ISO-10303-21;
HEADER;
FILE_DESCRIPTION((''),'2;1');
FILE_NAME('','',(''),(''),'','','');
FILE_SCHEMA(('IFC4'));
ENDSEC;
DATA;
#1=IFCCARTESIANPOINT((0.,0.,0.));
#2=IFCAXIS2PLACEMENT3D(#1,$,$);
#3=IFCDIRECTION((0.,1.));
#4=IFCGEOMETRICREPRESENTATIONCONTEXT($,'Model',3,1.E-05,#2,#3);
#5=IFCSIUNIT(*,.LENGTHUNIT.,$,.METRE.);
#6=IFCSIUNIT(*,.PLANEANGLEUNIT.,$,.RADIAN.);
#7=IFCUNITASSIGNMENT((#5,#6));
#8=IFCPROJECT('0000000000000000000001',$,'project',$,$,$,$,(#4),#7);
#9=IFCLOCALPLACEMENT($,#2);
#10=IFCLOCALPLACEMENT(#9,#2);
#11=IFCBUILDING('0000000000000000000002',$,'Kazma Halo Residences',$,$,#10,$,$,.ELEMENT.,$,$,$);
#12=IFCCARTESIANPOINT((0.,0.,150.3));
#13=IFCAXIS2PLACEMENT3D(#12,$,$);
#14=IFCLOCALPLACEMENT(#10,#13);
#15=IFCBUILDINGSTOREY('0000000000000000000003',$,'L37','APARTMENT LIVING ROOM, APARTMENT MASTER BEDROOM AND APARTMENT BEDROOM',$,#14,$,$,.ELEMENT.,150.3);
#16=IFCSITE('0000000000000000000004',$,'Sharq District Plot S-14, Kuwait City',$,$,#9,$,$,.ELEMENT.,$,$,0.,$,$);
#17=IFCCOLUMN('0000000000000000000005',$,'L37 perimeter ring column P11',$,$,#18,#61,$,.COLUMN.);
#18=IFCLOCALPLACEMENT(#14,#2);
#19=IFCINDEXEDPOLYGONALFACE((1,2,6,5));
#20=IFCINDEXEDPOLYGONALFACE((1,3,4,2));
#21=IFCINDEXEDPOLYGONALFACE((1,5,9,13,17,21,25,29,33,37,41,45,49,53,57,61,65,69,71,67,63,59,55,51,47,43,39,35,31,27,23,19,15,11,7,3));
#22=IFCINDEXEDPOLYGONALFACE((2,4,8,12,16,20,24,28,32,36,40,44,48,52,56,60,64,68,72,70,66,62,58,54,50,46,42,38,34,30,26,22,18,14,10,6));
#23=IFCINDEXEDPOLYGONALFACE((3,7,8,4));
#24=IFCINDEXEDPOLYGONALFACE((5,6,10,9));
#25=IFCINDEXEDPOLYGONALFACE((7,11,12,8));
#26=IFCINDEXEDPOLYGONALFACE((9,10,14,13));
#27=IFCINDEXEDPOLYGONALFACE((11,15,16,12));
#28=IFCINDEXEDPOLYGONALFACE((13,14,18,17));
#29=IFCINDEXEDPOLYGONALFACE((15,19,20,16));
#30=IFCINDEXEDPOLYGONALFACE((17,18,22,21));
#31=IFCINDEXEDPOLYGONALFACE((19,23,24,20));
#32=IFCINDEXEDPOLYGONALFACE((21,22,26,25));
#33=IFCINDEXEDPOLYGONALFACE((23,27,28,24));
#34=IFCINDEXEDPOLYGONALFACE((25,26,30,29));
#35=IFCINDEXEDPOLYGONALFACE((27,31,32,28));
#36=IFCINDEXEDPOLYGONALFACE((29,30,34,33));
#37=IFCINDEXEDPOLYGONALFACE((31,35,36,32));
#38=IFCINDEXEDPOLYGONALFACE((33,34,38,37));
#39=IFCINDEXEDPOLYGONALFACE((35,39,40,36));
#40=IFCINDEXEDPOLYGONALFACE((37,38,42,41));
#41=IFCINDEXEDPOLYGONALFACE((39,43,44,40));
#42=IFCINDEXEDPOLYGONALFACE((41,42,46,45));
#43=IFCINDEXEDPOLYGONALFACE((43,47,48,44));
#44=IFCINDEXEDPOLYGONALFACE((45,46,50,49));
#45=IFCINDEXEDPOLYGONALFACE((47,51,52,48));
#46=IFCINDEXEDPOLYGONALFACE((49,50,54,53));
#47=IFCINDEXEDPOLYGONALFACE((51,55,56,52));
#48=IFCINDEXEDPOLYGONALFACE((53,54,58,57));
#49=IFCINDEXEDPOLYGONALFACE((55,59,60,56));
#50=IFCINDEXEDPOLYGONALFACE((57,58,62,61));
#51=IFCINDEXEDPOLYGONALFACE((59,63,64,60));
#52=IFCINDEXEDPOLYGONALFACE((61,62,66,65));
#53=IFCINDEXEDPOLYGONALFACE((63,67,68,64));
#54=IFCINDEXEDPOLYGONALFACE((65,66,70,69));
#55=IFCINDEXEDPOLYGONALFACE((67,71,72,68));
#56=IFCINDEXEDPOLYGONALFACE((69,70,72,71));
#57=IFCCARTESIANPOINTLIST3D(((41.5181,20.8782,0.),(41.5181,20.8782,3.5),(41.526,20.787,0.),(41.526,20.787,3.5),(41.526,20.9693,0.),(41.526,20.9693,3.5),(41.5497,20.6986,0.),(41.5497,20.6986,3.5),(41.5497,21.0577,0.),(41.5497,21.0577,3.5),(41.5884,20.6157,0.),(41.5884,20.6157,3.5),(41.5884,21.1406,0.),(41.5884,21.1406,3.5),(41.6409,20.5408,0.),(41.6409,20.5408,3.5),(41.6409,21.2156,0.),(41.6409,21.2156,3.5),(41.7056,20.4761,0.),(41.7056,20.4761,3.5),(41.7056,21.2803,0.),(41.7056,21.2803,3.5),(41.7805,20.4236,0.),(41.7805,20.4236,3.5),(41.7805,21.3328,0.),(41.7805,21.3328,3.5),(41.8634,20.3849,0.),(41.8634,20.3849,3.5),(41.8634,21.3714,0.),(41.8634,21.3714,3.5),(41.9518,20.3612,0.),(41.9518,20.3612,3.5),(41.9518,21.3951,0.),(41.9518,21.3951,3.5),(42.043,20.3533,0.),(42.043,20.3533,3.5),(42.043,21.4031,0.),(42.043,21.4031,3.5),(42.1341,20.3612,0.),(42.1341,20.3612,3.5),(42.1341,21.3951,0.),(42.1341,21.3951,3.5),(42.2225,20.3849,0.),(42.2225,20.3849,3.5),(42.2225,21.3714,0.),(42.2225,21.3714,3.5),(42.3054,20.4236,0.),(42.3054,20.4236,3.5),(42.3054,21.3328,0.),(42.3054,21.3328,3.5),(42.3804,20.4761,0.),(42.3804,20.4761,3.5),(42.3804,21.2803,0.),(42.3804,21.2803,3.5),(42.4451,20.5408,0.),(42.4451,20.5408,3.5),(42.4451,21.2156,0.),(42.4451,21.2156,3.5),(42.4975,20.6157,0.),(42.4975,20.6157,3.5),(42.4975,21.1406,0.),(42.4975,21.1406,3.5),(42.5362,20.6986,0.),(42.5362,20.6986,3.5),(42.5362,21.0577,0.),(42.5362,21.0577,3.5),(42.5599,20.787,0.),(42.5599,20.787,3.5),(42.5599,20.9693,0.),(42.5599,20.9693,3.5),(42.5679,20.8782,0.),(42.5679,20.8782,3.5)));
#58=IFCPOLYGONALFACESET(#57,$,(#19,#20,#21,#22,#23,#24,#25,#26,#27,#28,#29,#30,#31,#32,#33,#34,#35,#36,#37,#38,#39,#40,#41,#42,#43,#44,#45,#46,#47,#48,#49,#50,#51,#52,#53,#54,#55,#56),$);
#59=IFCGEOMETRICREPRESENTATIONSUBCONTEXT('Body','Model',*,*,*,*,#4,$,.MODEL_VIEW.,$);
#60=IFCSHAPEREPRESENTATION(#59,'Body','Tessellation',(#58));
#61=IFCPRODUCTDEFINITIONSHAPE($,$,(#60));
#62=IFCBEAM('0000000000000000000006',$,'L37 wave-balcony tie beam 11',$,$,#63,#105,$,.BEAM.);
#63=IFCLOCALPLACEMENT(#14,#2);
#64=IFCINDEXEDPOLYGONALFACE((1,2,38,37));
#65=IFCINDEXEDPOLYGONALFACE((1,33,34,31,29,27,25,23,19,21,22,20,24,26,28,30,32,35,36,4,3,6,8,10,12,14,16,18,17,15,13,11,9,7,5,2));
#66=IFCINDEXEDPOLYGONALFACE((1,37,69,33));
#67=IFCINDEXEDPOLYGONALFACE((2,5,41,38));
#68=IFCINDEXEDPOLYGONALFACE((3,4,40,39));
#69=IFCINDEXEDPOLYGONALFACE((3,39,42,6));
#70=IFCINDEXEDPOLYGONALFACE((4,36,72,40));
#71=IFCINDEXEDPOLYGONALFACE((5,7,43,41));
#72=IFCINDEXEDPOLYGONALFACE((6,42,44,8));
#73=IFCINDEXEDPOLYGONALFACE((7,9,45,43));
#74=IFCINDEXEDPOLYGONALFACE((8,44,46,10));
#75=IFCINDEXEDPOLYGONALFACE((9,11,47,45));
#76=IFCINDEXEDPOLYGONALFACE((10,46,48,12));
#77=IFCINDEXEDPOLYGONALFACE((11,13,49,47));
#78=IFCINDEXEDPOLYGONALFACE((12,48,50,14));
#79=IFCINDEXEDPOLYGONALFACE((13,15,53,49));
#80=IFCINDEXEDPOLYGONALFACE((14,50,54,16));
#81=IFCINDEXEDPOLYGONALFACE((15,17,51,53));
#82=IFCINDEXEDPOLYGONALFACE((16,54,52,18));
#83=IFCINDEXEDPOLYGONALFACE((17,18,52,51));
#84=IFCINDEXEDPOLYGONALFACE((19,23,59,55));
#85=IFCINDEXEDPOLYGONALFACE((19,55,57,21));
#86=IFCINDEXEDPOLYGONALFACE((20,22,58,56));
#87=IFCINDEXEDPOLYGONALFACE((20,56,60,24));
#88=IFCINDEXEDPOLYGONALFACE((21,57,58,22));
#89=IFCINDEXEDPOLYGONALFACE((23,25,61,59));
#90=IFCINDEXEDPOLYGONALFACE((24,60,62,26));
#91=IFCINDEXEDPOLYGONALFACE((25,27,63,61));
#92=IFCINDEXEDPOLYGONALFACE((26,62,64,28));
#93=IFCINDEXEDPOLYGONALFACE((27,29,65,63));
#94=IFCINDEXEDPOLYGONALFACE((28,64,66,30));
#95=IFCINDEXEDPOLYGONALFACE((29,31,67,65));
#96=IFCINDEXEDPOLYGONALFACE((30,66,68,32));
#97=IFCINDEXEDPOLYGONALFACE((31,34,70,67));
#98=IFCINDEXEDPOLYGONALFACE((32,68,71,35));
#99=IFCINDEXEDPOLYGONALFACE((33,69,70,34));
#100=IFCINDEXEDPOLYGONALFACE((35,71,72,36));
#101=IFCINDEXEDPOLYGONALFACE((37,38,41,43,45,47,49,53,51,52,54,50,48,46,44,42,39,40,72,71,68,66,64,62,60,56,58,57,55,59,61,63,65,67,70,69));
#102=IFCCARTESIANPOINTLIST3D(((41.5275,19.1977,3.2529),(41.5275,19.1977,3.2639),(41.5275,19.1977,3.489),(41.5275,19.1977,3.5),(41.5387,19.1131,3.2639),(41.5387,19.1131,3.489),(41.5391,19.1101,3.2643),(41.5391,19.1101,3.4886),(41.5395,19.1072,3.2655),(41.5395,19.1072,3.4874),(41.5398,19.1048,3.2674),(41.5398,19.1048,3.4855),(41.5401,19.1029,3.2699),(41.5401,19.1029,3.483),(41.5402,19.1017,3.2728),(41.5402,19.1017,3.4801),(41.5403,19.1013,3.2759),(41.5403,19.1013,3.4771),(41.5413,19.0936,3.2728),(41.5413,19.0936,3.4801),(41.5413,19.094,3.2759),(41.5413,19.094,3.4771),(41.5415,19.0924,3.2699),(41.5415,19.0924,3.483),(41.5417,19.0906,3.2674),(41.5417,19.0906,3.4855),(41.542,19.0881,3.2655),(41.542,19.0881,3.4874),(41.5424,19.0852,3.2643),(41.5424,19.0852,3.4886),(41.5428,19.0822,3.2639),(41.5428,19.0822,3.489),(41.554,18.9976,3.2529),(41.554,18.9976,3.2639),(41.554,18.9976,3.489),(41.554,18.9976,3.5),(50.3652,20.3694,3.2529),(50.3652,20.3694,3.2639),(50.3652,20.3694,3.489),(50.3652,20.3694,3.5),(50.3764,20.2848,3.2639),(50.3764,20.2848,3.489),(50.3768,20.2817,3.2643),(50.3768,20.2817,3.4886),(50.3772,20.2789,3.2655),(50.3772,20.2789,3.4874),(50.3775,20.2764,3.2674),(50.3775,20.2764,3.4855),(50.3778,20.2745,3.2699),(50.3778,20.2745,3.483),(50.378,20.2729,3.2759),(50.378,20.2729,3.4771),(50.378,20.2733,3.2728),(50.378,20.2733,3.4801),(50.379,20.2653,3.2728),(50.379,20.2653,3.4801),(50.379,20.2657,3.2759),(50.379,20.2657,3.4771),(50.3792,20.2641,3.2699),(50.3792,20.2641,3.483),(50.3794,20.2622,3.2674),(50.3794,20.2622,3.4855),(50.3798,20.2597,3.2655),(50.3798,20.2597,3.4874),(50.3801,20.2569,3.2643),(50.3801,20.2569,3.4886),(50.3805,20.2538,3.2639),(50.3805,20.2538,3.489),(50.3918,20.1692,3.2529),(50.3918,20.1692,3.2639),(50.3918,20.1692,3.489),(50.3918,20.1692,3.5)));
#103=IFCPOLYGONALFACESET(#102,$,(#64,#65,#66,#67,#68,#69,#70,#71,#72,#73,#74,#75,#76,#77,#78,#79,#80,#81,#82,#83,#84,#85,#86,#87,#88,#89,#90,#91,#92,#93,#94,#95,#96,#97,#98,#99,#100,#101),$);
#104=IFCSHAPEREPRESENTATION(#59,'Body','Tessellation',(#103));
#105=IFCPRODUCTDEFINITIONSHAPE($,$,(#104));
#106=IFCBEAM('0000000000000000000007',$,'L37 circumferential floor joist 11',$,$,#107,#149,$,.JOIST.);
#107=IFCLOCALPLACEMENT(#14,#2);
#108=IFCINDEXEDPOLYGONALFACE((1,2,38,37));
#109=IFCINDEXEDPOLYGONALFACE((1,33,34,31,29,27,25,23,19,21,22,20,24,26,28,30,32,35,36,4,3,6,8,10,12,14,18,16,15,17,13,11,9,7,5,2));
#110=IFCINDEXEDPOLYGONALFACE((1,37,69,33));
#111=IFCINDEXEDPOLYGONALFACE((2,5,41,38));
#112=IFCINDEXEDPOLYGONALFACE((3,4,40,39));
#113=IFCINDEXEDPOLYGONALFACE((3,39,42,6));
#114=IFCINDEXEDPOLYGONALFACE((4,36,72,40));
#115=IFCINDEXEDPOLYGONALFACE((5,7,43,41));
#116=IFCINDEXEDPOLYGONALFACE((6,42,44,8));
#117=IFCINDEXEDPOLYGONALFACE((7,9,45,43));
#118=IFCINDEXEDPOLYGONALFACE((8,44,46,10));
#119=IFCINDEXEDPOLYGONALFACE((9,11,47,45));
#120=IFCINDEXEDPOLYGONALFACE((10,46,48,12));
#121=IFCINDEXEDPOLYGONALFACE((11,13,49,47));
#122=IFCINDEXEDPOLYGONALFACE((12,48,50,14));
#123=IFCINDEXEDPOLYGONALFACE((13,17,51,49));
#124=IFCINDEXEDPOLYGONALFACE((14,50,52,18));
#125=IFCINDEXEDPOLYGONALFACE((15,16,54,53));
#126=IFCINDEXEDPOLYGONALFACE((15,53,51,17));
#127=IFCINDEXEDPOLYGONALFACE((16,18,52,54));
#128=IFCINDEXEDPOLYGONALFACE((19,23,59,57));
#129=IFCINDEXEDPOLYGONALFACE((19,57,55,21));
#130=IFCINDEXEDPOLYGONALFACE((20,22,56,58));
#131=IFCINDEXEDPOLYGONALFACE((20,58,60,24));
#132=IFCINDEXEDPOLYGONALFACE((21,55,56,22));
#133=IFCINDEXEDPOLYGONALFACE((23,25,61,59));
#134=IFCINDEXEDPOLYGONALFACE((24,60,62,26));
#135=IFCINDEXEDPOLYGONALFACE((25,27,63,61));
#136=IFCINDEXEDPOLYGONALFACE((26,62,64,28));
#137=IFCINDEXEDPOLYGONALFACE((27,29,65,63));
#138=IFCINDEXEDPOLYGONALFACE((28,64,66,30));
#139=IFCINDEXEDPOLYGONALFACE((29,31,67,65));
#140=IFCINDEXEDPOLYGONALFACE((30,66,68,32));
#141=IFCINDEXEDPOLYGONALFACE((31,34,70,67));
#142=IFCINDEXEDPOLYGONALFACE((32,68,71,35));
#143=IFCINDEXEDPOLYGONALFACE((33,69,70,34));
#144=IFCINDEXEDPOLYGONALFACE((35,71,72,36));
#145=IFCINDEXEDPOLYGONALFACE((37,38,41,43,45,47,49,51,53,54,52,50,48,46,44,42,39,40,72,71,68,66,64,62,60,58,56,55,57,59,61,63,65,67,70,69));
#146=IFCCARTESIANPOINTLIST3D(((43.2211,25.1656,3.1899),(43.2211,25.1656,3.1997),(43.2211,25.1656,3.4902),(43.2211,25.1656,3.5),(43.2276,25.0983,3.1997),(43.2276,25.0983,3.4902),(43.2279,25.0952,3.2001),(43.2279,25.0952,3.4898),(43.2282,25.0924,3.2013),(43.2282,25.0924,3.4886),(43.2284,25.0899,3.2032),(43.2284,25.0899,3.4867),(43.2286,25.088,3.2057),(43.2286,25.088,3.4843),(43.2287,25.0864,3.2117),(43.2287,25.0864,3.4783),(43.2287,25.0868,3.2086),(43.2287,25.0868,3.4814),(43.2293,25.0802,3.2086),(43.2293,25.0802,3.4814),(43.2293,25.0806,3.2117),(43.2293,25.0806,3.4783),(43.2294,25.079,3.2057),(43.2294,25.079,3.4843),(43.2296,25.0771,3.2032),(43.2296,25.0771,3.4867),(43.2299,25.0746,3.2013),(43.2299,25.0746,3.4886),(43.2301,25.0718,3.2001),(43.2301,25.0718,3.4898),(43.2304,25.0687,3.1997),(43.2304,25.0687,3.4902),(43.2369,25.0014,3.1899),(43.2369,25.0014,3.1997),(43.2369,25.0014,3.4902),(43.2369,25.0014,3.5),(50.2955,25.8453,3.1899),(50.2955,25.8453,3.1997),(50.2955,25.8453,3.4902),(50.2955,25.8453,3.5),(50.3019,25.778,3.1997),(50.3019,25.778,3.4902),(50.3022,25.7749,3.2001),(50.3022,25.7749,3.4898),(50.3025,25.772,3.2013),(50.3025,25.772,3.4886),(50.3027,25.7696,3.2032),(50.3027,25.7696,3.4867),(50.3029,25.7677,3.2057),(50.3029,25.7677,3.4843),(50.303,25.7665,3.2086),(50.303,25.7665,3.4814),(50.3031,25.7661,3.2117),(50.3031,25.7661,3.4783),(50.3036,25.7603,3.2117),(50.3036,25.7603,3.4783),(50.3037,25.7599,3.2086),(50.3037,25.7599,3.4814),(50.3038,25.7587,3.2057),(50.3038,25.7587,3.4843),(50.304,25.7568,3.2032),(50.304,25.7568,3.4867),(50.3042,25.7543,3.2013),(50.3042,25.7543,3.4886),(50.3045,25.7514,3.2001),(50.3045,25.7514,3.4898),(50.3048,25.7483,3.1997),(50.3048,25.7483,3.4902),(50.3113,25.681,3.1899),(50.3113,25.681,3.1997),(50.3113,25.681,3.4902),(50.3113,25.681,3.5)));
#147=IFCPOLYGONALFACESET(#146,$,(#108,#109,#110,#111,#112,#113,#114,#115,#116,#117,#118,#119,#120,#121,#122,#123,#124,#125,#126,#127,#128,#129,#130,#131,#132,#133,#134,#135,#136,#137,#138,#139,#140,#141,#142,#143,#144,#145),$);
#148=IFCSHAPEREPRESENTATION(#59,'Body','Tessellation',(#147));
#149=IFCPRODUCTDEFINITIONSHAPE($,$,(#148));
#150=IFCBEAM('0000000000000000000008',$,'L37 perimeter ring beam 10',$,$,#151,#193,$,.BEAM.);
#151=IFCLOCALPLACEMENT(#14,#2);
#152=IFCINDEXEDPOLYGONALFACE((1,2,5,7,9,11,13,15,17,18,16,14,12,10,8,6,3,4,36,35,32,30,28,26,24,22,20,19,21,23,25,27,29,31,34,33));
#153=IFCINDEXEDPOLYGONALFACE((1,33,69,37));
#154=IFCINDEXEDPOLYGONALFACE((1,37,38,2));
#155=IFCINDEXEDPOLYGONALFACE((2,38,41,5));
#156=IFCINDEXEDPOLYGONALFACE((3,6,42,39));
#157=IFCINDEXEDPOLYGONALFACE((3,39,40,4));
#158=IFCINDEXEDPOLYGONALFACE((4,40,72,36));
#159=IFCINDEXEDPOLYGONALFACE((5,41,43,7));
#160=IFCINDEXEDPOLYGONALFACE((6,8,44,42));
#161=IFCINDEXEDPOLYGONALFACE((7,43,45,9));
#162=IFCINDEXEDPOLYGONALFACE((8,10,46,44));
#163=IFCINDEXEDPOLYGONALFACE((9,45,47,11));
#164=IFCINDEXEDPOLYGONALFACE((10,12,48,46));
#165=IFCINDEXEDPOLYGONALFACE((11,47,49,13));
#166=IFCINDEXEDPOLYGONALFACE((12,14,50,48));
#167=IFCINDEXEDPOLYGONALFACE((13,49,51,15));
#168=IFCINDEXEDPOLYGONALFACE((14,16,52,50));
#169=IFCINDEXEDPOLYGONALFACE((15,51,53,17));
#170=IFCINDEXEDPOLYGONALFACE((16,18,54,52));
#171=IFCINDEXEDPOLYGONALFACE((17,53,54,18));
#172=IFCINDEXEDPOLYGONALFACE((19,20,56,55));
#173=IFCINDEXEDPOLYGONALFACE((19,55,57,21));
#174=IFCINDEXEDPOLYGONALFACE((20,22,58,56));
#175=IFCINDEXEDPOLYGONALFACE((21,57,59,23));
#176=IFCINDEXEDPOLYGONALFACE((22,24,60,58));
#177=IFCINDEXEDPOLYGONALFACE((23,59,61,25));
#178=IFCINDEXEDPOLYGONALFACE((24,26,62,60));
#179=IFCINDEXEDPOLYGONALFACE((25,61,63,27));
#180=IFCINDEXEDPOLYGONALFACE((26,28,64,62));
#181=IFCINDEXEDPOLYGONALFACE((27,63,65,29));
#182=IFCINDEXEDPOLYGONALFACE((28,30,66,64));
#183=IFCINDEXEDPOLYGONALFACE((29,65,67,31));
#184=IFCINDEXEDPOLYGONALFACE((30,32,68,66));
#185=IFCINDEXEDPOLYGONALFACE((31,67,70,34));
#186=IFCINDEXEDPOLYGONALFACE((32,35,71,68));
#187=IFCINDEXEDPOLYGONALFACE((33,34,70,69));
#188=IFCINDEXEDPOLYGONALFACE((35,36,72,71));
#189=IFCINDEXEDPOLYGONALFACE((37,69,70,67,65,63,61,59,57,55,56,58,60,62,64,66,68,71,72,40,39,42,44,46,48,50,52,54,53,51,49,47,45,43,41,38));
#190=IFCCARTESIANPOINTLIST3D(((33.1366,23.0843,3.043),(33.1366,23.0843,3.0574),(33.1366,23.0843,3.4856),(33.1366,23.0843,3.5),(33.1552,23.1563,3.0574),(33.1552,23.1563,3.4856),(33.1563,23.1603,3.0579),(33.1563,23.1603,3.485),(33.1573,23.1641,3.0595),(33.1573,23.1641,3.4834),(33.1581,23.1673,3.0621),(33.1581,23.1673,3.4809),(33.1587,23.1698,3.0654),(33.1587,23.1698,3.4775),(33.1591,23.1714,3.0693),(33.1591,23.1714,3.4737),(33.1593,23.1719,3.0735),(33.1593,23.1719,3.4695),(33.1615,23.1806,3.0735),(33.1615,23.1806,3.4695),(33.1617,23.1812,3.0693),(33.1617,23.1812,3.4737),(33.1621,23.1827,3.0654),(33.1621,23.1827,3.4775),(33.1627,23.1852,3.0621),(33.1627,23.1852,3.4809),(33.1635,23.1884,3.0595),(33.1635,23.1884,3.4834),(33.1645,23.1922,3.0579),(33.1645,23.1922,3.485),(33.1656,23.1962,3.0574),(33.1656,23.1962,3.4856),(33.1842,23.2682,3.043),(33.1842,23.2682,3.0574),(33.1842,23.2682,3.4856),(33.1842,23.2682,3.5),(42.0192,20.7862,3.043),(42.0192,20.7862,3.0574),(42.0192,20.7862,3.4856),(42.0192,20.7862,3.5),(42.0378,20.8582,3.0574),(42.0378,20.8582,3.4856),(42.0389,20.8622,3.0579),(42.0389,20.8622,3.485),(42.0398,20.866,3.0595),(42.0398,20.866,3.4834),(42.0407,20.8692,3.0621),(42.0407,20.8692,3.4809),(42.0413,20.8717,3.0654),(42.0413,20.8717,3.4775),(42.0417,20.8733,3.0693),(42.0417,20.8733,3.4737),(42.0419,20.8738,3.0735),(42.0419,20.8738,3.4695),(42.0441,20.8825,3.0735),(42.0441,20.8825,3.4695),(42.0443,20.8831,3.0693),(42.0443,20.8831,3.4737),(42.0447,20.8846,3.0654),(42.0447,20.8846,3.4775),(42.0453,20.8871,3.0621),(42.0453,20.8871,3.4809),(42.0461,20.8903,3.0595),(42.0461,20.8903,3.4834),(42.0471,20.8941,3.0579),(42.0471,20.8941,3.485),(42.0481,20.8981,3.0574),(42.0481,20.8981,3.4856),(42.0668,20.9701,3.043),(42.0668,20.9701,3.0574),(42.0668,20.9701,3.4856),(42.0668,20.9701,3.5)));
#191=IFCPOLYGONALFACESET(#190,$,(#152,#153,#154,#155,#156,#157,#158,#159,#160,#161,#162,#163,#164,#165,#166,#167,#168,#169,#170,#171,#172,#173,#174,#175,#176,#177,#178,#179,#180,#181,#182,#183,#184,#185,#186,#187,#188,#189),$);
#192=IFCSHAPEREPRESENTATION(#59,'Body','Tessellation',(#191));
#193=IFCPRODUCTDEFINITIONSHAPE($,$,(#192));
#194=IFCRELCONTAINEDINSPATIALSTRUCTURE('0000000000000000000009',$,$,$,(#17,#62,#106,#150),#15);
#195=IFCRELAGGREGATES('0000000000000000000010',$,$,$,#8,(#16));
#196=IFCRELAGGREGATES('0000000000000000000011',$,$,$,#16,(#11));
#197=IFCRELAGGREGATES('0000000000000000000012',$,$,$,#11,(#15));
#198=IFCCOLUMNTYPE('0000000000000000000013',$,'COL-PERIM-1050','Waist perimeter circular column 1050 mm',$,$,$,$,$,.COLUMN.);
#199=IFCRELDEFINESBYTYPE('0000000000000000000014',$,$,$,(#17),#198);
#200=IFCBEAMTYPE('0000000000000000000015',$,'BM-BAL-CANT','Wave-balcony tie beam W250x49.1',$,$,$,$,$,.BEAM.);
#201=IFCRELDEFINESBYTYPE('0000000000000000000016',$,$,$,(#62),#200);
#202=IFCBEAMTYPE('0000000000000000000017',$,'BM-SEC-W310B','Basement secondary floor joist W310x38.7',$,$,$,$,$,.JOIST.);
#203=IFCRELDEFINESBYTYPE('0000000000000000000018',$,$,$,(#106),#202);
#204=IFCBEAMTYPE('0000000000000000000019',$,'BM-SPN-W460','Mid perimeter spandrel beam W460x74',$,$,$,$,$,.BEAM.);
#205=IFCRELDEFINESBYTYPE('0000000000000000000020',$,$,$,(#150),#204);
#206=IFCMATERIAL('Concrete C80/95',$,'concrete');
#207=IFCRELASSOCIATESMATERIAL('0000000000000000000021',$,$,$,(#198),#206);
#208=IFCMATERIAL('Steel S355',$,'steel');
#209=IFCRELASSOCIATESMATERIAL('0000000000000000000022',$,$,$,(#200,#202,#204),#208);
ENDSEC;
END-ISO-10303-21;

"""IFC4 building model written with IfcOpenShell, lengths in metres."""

from ifc_helpers import new_model, si_unit, direction, frame, origin, origin_2d, place, context, subcontext, project, spatial, circle, i_section, extrude, material, material_profile, profile_set, type_object, element, save


model = new_model("IFC4")

# Units and contexts
model_context = context("Model", 3, precision=1e-05, world=origin(), true_north=direction((0.0, 1.0)))
body_context = subcontext(model_context, "Body", "Model", "MODEL_VIEW")
ifc_project = project(units=[si_unit("LENGTHUNIT", "METRE"), si_unit("PLANEANGLEUNIT", "RADIAN")], contexts=[model_context])

# Site, building, storey
site_placement = place(None, origin())
site = spatial("IfcSite", under=ifc_project, at=site_placement, Name="Sharq District Plot S-14, Kuwait City", CompositionType="ELEMENT", RefElevation=0.0)
building_placement = place(site_placement, origin())
building = spatial("IfcBuilding", under=site, at=building_placement, Name="Kazma Halo Residences", CompositionType="ELEMENT")
storey_placement = place(building_placement, frame((0.0, 0.0, 150.3)))
storey = spatial("IfcBuildingStorey", under=building, at=storey_placement, Name="L37", Description="APARTMENT LIVING ROOM, APARTMENT MASTER BEDROOM AND APARTMENT BEDROOM", CompositionType="ELEMENT", Elevation=150.3)

# Column
ifc_material_1 = material(Name="Concrete C80/95", Category="concrete")
ifc_material_profile_1 = material_profile(ifc_material_1, circle(Radius=0.5249, at=origin_2d()), Name="CIRC1050")
ifc_profile_set_1 = profile_set([ifc_material_profile_1], Name="Concrete C80/95")
column_type = type_object("IfcColumnType", Name="COL-PERIM-1050", Description="Waist perimeter circular column 1050 mm", PredefinedType="COLUMN", material=ifc_profile_set_1)
column_placement = place(storey_placement, frame((42.043, 20.8782, 0.0), z_axis=(0.0, 0.0, 1.0), x_axis=(1.0, 0.0, 0.0)))
element("IfcColumn", 1, at=column_placement, inside=storey, type_object=column_type, Name="L37 perimeter ring column P11", PredefinedType="COLUMN", context=body_context, shape_type="SweptSolid", body=[
    extrude(circle(Radius=0.5249, at=origin_2d()), origin(), (0.0, 0.0, 1.0), 3.5),
])

# Beams
ifc_material_2 = material(Name="Steel S355", Category="steel")
ifc_material_profile_2 = material_profile(ifc_material_2, i_section(OverallWidth=0.2019, OverallDepth=0.2471, WebThickness=0.0073, FlangeThickness=0.011, FilletRadius=0.012, at=origin_2d()), Name="W250x49.1")
ifc_profile_set_2 = profile_set([ifc_material_profile_2], Name="Steel S355")
beam_type_1 = type_object("IfcBeamType", Name="BM-BAL-CANT", Description="Wave-balcony tie beam W250x49.1", PredefinedType="BEAM", material=ifc_profile_set_2)
beam_1_placement = place(storey_placement, frame((41.5408, 19.0977, 3.3765), z_axis=(0.991326, 0.131423, 0.0), x_axis=(-0.131423, 0.991326, 0.0)))
element("IfcBeam", 2, at=beam_1_placement, inside=storey, type_object=beam_type_1, Name="L37 wave-balcony tie beam 11", PredefinedType="BEAM", context=body_context, shape_type="SweptSolid", body=[
    extrude(i_section(OverallWidth=0.2019, OverallDepth=0.2471, WebThickness=0.0073, FlangeThickness=0.011, FilletRadius=0.012, at=origin_2d()), origin(), (0.0, 0.0, 1.0), 8.915),
])
ifc_material_profile_3 = material_profile(ifc_material_2, i_section(OverallWidth=0.165, OverallDepth=0.3101, WebThickness=0.0059, FlangeThickness=0.0098, FilletRadius=0.012, at=origin_2d()), Name="W310x38.7")
ifc_profile_set_3 = profile_set([ifc_material_profile_3], Name="Steel S355")
beam_type_2 = type_object("IfcBeamType", Name="BM-SEC-W310B", Description="Basement secondary floor joist W310x38.7", PredefinedType="JOIST", material=ifc_profile_set_3)
beam_2_placement = place(storey_placement, frame((43.229, 25.0835, 3.345), z_axis=(0.995416, 0.095636, 0.0), x_axis=(-0.095636, 0.995416, 0.0)))
element("IfcBeam", 3, at=beam_2_placement, inside=storey, type_object=beam_type_2, Name="L37 circumferential floor joist 11", PredefinedType="JOIST", context=body_context, shape_type="SweptSolid", body=[
    extrude(i_section(OverallWidth=0.165, OverallDepth=0.3101, WebThickness=0.0059, FlangeThickness=0.0098, FilletRadius=0.012, at=origin_2d()), origin(), (0.0, 0.0, 1.0), 7.1069),
])
ifc_material_profile_4 = material_profile(ifc_material_2, i_section(OverallWidth=0.1899, OverallDepth=0.457, WebThickness=0.009, FlangeThickness=0.0144, FilletRadius=0.0161, at=origin_2d()), Name="W460x74")
ifc_profile_set_4 = profile_set([ifc_material_profile_4], Name="Steel S355")
beam_type_3 = type_object("IfcBeamType", Name="BM-SPN-W460", Description="Mid perimeter spandrel beam W460x74", PredefinedType="BEAM", material=ifc_profile_set_4)
beam_3_placement = place(storey_placement, frame((33.1604, 23.1763, 3.2715), z_axis=(0.968124, -0.250473, 0.0), x_axis=(0.250473, 0.968124, 0.0)))
element("IfcBeam", 4, at=beam_3_placement, inside=storey, type_object=beam_type_3, Name="L37 perimeter ring beam 10", PredefinedType="BEAM", context=body_context, shape_type="SweptSolid", body=[
    extrude(i_section(OverallWidth=0.1899, OverallDepth=0.457, WebThickness=0.009, FlangeThickness=0.0144, FilletRadius=0.0161, at=origin_2d()), origin(), (0.0, 0.0, 1.0), 9.175),
])

save(model, "model.ifc")
